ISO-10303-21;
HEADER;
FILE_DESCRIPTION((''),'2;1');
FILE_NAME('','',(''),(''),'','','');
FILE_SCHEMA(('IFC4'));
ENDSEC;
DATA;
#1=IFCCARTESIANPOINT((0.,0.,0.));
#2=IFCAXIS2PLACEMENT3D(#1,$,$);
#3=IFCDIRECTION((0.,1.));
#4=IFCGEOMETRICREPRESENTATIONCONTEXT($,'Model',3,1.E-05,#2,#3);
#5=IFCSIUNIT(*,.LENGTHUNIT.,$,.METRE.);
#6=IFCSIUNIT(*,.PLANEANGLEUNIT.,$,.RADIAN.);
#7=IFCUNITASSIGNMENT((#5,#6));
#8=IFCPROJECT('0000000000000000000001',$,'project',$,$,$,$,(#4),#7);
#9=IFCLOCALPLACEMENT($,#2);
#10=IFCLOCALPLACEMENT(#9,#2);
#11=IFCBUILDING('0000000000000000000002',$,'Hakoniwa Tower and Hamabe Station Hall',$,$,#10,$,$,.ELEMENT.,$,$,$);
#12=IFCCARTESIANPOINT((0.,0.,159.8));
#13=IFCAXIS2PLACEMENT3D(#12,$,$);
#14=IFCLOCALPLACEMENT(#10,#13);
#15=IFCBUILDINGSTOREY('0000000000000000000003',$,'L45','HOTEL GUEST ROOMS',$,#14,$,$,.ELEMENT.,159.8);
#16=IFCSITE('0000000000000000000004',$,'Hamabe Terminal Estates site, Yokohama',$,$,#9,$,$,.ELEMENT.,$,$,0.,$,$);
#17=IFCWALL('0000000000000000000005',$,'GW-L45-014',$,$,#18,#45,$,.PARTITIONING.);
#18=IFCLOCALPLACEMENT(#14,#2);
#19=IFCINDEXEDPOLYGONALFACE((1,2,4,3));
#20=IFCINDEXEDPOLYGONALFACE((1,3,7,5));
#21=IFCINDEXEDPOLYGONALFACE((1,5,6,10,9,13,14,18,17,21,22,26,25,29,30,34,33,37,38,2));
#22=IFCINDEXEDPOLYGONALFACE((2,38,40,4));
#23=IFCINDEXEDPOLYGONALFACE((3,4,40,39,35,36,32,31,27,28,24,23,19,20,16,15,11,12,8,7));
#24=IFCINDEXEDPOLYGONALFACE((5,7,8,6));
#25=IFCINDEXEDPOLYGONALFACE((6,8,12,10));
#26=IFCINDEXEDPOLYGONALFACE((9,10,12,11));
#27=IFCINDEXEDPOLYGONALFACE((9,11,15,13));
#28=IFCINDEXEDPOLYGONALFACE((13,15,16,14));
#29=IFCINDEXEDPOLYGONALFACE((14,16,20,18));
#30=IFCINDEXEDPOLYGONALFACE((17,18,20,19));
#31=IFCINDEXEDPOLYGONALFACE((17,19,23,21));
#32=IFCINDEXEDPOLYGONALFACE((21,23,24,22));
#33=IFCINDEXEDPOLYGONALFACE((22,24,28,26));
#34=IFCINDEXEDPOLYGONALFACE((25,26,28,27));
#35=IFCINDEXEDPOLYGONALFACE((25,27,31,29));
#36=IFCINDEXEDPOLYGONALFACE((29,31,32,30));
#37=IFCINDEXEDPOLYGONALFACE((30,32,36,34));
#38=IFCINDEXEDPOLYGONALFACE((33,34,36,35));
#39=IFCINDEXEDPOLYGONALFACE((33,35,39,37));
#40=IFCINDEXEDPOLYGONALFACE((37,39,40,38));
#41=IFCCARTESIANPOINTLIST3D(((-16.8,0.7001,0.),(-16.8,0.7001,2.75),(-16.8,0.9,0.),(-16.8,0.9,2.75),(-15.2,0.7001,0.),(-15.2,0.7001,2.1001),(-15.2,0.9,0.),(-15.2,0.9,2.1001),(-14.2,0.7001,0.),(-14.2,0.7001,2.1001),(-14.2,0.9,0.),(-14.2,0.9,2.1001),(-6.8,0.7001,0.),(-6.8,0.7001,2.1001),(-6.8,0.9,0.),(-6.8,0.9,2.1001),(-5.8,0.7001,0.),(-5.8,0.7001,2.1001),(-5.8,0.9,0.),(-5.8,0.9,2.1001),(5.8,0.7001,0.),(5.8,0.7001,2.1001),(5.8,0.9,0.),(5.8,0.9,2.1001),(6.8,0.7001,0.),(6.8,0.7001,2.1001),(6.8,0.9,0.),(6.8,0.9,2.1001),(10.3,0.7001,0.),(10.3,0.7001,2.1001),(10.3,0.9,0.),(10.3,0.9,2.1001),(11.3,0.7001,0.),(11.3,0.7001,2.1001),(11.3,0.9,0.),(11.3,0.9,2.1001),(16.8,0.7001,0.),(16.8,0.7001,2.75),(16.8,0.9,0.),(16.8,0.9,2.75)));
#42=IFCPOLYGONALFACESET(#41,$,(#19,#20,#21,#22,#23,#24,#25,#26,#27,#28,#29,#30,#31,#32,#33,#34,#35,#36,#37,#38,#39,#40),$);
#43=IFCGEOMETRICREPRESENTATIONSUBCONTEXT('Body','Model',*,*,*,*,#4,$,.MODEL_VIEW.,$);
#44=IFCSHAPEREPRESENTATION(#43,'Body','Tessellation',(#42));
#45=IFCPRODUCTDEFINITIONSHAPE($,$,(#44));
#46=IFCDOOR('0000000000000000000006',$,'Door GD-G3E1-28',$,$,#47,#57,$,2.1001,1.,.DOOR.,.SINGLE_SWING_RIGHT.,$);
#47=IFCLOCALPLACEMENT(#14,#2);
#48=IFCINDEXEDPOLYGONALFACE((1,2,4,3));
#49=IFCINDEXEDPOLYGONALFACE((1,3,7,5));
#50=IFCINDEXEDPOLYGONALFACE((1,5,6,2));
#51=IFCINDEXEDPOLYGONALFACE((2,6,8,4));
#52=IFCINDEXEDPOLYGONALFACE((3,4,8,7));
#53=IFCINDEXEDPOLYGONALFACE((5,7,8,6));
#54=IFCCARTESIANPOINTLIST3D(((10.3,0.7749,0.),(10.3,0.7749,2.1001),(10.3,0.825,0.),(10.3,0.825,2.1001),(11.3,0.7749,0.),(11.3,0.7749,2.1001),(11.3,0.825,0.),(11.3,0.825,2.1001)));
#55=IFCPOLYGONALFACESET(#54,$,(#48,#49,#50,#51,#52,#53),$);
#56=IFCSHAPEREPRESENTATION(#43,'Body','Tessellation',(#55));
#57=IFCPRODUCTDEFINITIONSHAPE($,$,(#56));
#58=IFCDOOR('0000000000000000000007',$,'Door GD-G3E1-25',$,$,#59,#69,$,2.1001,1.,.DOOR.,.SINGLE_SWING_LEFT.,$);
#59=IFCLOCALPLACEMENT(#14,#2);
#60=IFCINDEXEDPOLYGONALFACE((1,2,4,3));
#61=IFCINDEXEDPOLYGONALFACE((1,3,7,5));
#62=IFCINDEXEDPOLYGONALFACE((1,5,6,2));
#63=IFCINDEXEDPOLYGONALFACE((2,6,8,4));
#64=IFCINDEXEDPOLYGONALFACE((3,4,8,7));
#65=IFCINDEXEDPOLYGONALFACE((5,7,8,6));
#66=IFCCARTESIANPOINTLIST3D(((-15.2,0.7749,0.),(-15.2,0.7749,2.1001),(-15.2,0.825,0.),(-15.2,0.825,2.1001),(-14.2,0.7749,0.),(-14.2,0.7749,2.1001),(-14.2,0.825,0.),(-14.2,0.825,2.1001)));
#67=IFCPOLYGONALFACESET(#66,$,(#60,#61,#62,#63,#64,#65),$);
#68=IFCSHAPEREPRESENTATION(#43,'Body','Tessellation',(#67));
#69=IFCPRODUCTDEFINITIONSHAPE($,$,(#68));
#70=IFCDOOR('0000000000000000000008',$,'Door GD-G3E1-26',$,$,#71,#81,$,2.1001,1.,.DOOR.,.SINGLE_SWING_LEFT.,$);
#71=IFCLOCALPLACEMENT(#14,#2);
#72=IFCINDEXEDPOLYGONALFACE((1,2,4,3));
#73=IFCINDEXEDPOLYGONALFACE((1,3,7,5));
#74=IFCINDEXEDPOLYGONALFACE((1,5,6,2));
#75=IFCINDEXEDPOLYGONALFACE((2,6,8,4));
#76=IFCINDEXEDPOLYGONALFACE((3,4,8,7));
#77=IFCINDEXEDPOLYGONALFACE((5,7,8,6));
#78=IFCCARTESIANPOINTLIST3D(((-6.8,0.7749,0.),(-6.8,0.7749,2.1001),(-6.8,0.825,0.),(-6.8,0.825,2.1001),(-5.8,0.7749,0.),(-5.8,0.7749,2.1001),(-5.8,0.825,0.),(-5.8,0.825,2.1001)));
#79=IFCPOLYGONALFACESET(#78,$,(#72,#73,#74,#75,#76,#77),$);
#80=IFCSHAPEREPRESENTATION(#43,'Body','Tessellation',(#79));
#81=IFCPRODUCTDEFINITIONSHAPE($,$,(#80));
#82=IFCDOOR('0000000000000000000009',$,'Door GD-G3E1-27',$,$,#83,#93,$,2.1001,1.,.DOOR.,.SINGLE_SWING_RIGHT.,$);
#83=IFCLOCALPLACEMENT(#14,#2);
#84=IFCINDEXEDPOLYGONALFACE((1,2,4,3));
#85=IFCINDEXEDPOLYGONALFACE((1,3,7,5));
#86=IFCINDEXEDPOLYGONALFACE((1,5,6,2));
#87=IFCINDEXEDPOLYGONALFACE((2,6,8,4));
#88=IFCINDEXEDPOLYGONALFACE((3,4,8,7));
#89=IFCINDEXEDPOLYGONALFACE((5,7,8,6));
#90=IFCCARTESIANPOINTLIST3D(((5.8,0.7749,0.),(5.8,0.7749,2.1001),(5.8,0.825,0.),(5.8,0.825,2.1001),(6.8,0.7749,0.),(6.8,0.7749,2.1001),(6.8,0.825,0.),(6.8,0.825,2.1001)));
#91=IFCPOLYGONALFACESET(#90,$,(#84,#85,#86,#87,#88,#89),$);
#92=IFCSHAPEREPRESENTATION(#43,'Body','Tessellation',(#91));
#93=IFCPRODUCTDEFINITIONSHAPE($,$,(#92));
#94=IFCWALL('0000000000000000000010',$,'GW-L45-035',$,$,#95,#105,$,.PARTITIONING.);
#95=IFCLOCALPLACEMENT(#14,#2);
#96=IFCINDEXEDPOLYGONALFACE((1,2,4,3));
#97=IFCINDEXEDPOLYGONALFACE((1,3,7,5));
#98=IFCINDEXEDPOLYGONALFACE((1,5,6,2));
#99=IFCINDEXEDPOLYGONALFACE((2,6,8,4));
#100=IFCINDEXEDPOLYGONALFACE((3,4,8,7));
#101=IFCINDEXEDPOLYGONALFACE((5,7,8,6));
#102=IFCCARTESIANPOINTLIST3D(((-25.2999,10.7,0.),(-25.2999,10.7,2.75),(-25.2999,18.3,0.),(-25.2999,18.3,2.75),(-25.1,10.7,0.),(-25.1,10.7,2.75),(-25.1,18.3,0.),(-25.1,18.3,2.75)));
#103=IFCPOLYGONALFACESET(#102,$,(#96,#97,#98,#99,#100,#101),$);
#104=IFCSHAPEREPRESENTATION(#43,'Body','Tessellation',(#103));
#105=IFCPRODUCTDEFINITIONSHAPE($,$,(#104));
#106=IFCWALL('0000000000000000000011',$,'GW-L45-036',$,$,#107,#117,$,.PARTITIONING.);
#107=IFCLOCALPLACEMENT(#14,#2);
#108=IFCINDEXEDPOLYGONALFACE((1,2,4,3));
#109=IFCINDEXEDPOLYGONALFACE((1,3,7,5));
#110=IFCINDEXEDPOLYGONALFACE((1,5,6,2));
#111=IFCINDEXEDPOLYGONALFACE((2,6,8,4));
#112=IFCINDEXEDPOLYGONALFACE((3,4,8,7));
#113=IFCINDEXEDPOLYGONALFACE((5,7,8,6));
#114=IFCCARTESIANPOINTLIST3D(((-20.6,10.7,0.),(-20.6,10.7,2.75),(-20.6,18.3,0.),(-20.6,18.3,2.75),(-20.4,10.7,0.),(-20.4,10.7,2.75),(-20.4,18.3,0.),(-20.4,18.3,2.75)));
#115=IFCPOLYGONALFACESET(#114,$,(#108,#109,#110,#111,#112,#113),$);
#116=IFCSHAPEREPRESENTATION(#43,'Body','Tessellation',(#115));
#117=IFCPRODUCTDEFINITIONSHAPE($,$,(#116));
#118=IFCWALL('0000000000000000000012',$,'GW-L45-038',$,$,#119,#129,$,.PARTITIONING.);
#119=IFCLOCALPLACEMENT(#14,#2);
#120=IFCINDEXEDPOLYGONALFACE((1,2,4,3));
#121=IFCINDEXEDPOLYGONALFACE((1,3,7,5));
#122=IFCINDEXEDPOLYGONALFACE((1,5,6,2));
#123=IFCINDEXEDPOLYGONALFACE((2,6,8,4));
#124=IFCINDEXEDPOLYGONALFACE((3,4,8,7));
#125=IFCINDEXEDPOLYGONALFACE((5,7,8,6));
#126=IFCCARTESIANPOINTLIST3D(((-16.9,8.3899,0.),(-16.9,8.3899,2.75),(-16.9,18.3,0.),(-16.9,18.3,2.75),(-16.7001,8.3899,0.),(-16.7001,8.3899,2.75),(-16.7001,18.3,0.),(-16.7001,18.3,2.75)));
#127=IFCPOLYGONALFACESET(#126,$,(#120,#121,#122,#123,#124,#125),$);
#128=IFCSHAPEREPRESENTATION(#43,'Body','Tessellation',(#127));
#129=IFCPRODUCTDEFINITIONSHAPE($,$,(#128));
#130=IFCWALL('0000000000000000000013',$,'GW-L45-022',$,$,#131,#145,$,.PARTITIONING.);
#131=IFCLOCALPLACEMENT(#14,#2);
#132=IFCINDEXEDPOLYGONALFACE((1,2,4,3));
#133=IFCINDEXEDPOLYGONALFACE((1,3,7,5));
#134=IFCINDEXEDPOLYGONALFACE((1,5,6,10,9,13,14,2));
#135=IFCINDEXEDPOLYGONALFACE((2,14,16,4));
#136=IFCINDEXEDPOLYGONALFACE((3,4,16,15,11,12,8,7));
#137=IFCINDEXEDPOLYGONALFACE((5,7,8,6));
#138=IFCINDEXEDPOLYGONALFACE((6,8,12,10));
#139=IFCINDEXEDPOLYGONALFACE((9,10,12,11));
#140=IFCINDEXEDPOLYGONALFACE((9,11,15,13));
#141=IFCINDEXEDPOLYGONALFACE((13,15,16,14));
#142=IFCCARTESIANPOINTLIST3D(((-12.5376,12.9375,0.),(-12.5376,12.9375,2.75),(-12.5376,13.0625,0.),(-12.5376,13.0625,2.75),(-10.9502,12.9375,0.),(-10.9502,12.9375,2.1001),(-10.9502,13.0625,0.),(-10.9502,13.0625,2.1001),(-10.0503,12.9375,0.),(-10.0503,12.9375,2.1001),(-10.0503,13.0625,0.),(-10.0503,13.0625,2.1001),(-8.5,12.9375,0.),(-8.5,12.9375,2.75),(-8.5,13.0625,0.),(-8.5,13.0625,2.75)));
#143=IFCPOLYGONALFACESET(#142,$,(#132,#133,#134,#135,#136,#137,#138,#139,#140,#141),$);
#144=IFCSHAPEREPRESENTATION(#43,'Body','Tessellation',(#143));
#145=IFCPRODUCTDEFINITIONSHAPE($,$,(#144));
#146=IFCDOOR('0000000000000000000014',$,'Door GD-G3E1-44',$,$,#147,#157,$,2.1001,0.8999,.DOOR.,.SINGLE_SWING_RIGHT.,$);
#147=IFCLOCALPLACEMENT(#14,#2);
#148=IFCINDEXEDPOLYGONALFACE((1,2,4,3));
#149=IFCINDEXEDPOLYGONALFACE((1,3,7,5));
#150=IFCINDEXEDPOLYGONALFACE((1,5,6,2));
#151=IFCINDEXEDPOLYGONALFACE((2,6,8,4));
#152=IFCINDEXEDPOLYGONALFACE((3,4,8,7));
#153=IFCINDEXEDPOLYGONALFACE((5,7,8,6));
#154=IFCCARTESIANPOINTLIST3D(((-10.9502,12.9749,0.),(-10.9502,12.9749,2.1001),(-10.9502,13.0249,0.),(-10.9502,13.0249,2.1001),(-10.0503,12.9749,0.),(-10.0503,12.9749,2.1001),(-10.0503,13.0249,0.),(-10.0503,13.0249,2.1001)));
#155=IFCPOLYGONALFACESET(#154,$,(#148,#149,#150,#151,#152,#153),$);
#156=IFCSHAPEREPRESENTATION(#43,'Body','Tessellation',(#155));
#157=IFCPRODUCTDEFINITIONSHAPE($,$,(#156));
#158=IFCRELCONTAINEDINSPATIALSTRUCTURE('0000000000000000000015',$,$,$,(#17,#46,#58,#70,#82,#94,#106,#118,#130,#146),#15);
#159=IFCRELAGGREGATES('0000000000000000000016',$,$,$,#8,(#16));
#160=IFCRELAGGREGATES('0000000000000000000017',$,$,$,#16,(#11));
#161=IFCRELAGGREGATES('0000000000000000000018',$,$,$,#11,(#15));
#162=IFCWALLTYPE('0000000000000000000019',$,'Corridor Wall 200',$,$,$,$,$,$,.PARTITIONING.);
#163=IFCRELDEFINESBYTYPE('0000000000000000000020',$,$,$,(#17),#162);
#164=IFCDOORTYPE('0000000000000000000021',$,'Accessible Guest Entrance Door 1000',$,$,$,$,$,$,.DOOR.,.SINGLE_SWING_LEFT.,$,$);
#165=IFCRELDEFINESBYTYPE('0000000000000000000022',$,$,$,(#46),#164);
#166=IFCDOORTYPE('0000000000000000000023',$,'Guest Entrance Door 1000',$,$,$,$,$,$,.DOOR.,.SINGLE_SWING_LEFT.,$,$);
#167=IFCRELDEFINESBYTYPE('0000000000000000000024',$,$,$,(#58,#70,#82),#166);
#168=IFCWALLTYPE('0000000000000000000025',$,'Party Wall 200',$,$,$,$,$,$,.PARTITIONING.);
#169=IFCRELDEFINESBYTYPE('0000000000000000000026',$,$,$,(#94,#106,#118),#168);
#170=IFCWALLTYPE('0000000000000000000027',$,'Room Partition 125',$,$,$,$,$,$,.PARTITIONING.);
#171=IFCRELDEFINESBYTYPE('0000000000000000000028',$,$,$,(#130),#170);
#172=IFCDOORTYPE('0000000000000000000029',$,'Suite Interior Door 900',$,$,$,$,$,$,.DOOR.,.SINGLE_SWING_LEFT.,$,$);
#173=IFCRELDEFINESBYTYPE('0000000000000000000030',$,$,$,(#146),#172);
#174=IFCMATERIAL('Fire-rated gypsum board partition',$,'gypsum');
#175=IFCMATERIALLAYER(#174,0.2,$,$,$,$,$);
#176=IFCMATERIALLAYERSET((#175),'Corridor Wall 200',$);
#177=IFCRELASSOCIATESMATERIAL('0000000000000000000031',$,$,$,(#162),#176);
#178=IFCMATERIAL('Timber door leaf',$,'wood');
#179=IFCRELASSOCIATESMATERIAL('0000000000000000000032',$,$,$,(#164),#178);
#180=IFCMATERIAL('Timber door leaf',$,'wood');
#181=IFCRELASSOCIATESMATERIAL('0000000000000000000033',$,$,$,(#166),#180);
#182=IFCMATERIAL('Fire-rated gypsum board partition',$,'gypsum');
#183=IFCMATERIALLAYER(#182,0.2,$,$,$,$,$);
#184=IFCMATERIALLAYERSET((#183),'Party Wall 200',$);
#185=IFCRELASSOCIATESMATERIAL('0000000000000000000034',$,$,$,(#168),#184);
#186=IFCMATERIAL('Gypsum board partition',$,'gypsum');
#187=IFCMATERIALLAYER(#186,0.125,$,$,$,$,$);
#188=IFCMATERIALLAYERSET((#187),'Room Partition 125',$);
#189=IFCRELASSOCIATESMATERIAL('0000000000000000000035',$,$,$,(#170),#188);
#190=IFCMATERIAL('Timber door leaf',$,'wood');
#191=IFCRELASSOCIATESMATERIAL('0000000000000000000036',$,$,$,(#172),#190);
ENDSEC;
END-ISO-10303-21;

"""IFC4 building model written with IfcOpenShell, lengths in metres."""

from ifc_helpers import new_model, si_unit, direction, frame, frame_2d, origin, place, context, subcontext, project, spatial, rectangle, extrude, material, layer, layer_set, type_object, element, fill, save


model = new_model("IFC4")

# Units and contexts
model_context = context("Model", 3, precision=1e-05, world=origin(), true_north=direction((0.0, 1.0)))
body_context = subcontext(model_context, "Body", "Model", "MODEL_VIEW")
ifc_project = project(units=[si_unit("LENGTHUNIT", "METRE"), si_unit("PLANEANGLEUNIT", "RADIAN")], contexts=[model_context])

# Site, building, storey
site_placement = place(None, origin())
site = spatial("IfcSite", under=ifc_project, at=site_placement, Name="Hamabe Terminal Estates site, Yokohama", CompositionType="ELEMENT", RefElevation=0.0)
building_placement = place(site_placement, origin())
building = spatial("IfcBuilding", under=site, at=building_placement, Name="Hakoniwa Tower and Hamabe Station Hall", CompositionType="ELEMENT")
storey_placement = place(building_placement, frame((0.0, 0.0, 159.8)))
storey = spatial("IfcBuildingStorey", under=building, at=storey_placement, Name="L45", Description="HOTEL GUEST ROOMS", CompositionType="ELEMENT", Elevation=159.8)

# Wall, openings, doors
ifc_material_1 = material(Name="Fire-rated gypsum board partition", Category="gypsum")
ifc_layer_1 = layer(ifc_material_1, 0.2)
ifc_layer_set_1 = layer_set([ifc_layer_1], Name="Corridor Wall 200")
wall_type_1 = type_object("IfcWallType", Name="Corridor Wall 200", PredefinedType="PARTITIONING", material=ifc_layer_set_1)
wall_1_placement = place(storey_placement, frame((-16.8, 0.8, 0.0), z_axis=(0.0, 0.0, 1.0), x_axis=(1.0, 0.0, 0.0)))
wall_1 = element("IfcWall", 1, at=wall_1_placement, inside=storey, type_object=wall_type_1, Name="GW-L45-014", PredefinedType="PARTITIONING", context=body_context, shape_type="SweptSolid", body=[
    extrude(rectangle(XDim=33.6001, YDim=0.2, at=frame_2d((16.8, 0.0))), origin(), (0.0, 0.0, 1.0), 2.75),
])
opening_1_placement = place(wall_1_placement, frame((1.6001, 0.0, 0.0)))
opening_1 = element("IfcOpeningElement", 2, at=opening_1_placement, cuts=wall_1, PredefinedType="OPENING", context=body_context, shape_type="SweptSolid", body=[
    extrude(rectangle(XDim=1.0, YDim=2.1001, at=frame_2d((0.5, 1.05))), frame((0.0, 0.1099, 0.0), z_axis=(0.0, -1.0, 0.0), x_axis=(1.0, 0.0, 0.0)), (0.0, 0.0, 1.0), 0.22),
])
opening_2_placement = place(wall_1_placement, frame((10.0, 0.0, 0.0)))
opening_2 = element("IfcOpeningElement", 3, at=opening_2_placement, cuts=wall_1, PredefinedType="OPENING", context=body_context, shape_type="SweptSolid", body=[
    extrude(rectangle(XDim=1.0, YDim=2.1001, at=frame_2d((0.5, 1.05))), frame((0.0, 0.1099, 0.0), z_axis=(0.0, -1.0, 0.0), x_axis=(1.0, 0.0, 0.0)), (0.0, 0.0, 1.0), 0.22),
])
opening_3_placement = place(wall_1_placement, frame((22.6001, 0.0, 0.0)))
opening_3 = element("IfcOpeningElement", 4, at=opening_3_placement, cuts=wall_1, PredefinedType="OPENING", context=body_context, shape_type="SweptSolid", body=[
    extrude(rectangle(XDim=1.0, YDim=2.1001, at=frame_2d((0.5, 1.05))), frame((0.0, 0.1099, 0.0), z_axis=(0.0, -1.0, 0.0), x_axis=(1.0, 0.0, 0.0)), (0.0, 0.0, 1.0), 0.22),
])
opening_4_placement = place(wall_1_placement, frame((27.1001, 0.0, 0.0)))
opening_4 = element("IfcOpeningElement", 5, at=opening_4_placement, cuts=wall_1, PredefinedType="OPENING", context=body_context, shape_type="SweptSolid", body=[
    extrude(rectangle(XDim=1.0, YDim=2.1001, at=frame_2d((0.5, 1.05))), frame((0.0, 0.1099, 0.0), z_axis=(0.0, -1.0, 0.0), x_axis=(1.0, 0.0, 0.0)), (0.0, 0.0, 1.0), 0.22),
])
ifc_material_2 = material(Name="Timber door leaf", Category="wood")
door_type_1 = type_object("IfcDoorType", Name="Accessible Guest Entrance Door 1000", OperationType="SINGLE_SWING_LEFT", PredefinedType="DOOR", material=ifc_material_2)
door_1_placement = place(opening_4_placement, origin())
door_1 = element("IfcDoor", 6, at=door_1_placement, inside=storey, type_object=door_type_1, Name="Door GD-G3E1-28", OperationType="SINGLE_SWING_RIGHT", OverallHeight=2.1001, OverallWidth=1.0, PredefinedType="DOOR", context=body_context, shape_type="SweptSolid", body=[
    extrude(rectangle(XDim=1.0, YDim=2.1001, at=frame_2d((0.5, 1.05))), frame((0.0, 0.0249, 0.0), z_axis=(0.0, -1.0, 0.0), x_axis=(1.0, 0.0, 0.0)), (0.0, 0.0, 1.0), 0.05),
])
fill(opening_4, door_1)
ifc_material_3 = material(Name="Timber door leaf", Category="wood")
door_type_2 = type_object("IfcDoorType", Name="Guest Entrance Door 1000", OperationType="SINGLE_SWING_LEFT", PredefinedType="DOOR", material=ifc_material_3)
door_2_placement = place(opening_1_placement, origin())
door_2 = element("IfcDoor", 7, at=door_2_placement, inside=storey, type_object=door_type_2, Name="Door GD-G3E1-25", OperationType="SINGLE_SWING_LEFT", OverallHeight=2.1001, OverallWidth=1.0, PredefinedType="DOOR", context=body_context, shape_type="SweptSolid", body=[
    extrude(rectangle(XDim=1.0, YDim=2.1001, at=frame_2d((0.5, 1.05))), frame((0.0, 0.0249, 0.0), z_axis=(0.0, -1.0, 0.0), x_axis=(1.0, 0.0, 0.0)), (0.0, 0.0, 1.0), 0.05),
])
fill(opening_1, door_2)
door_3_placement = place(opening_2_placement, origin())
door_3 = element("IfcDoor", 8, at=door_3_placement, inside=storey, type_object=door_type_2, Name="Door GD-G3E1-26", OperationType="SINGLE_SWING_LEFT", OverallHeight=2.1001, OverallWidth=1.0, PredefinedType="DOOR", context=body_context, shape_type="SweptSolid", body=[
    extrude(rectangle(XDim=1.0, YDim=2.1001, at=frame_2d((0.5, 1.05))), frame((0.0, 0.0249, 0.0), z_axis=(0.0, -1.0, 0.0), x_axis=(1.0, 0.0, 0.0)), (0.0, 0.0, 1.0), 0.05),
])
fill(opening_2, door_3)
door_4_placement = place(opening_3_placement, origin())
door_4 = element("IfcDoor", 9, at=door_4_placement, inside=storey, type_object=door_type_2, Name="Door GD-G3E1-27", OperationType="SINGLE_SWING_RIGHT", OverallHeight=2.1001, OverallWidth=1.0, PredefinedType="DOOR", context=body_context, shape_type="SweptSolid", body=[
    extrude(rectangle(XDim=1.0, YDim=2.1001, at=frame_2d((0.5, 1.05))), frame((0.0, 0.0249, 0.0), z_axis=(0.0, -1.0, 0.0), x_axis=(1.0, 0.0, 0.0)), (0.0, 0.0, 1.0), 0.05),
])
fill(opening_3, door_4)

# Walls
ifc_material_4 = material(Name="Fire-rated gypsum board partition", Category="gypsum")
ifc_layer_2 = layer(ifc_material_4, 0.2)
ifc_layer_set_2 = layer_set([ifc_layer_2], Name="Party Wall 200")
wall_type_2 = type_object("IfcWallType", Name="Party Wall 200", PredefinedType="PARTITIONING", material=ifc_layer_set_2)
for number, where, z_axis, x_axis, name in (
    (10, (-25.2, 10.7, 0.0), (0.0, 0.0, 1.0), (0.0, 1.0, 0.0), "GW-L45-035"),
    (11, (-20.5, 10.7, 0.0), (0.0, 0.0, 1.0), (0.0, 1.0, 0.0), "GW-L45-036"),
):
    element("IfcWall", number, at=place(storey_placement, frame(where, z_axis=z_axis, x_axis=x_axis)), inside=storey, type_object=wall_type_2, Name=name, PredefinedType="PARTITIONING", context=body_context, shape_type="SweptSolid", body=[
        extrude(rectangle(XDim=7.6001, YDim=0.2, at=frame_2d((3.8, 0.0))), origin(), (0.0, 0.0, 1.0), 2.75),
    ])
wall_2_placement = place(storey_placement, frame((-16.8, 8.3899, 0.0), z_axis=(0.0, 0.0, 1.0), x_axis=(0.0, 1.0, 0.0)))
element("IfcWall", 12, at=wall_2_placement, inside=storey, type_object=wall_type_2, Name="GW-L45-038", PredefinedType="PARTITIONING", context=body_context, shape_type="SweptSolid", body=[
    extrude(rectangle(XDim=9.9102, YDim=0.2, at=frame_2d((4.9551, 0.0))), origin(), (0.0, 0.0, 1.0), 2.75),
])

# Wall, opening, door
ifc_material_5 = material(Name="Gypsum board partition", Category="gypsum")
ifc_layer_3 = layer(ifc_material_5, 0.125)
ifc_layer_set_3 = layer_set([ifc_layer_3], Name="Room Partition 125")
wall_type_3 = type_object("IfcWallType", Name="Room Partition 125", PredefinedType="PARTITIONING", material=ifc_layer_set_3)
wall_3_placement = place(storey_placement, frame((-12.5376, 13.0, 0.0), z_axis=(0.0, 0.0, 1.0), x_axis=(1.0, 0.0, 0.0)))
wall_3 = element("IfcWall", 13, at=wall_3_placement, inside=storey, type_object=wall_type_3, Name="GW-L45-022", PredefinedType="PARTITIONING", context=body_context, shape_type="SweptSolid", body=[
    extrude(rectangle(XDim=4.0376, YDim=0.125, at=frame_2d((2.0188, 0.0))), origin(), (0.0, 0.0, 1.0), 2.75),
])
opening_5_placement = place(wall_3_placement, frame((1.5874, 0.0, 0.0)))
opening_5 = element("IfcOpeningElement", 14, at=opening_5_placement, cuts=wall_3, PredefinedType="OPENING", context=body_context, shape_type="SweptSolid", body=[
    extrude(rectangle(XDim=0.8999, YDim=2.1001, at=frame_2d((0.45, 1.05))), frame((0.0, 0.0725, 0.0), z_axis=(0.0, -1.0, 0.0), x_axis=(1.0, 0.0, 0.0)), (0.0, 0.0, 1.0), 0.145),
])
ifc_material_6 = material(Name="Timber door leaf", Category="wood")
door_type_3 = type_object("IfcDoorType", Name="Suite Interior Door 900", OperationType="SINGLE_SWING_LEFT", PredefinedType="DOOR", material=ifc_material_6)
door_5_placement = place(opening_5_placement, origin())
door_5 = element("IfcDoor", 15, at=door_5_placement, inside=storey, type_object=door_type_3, Name="Door GD-G3E1-44", OperationType="SINGLE_SWING_RIGHT", OverallHeight=2.1001, OverallWidth=0.8999, PredefinedType="DOOR", context=body_context, shape_type="SweptSolid", body=[
    extrude(rectangle(XDim=0.8999, YDim=2.1001, at=frame_2d((0.45, 1.05))), frame((0.0, 0.0249, 0.0), z_axis=(0.0, -1.0, 0.0), x_axis=(1.0, 0.0, 0.0)), (0.0, 0.0, 1.0), 0.05),
])
fill(opening_5, door_5)

save(model, "model.ifc")
